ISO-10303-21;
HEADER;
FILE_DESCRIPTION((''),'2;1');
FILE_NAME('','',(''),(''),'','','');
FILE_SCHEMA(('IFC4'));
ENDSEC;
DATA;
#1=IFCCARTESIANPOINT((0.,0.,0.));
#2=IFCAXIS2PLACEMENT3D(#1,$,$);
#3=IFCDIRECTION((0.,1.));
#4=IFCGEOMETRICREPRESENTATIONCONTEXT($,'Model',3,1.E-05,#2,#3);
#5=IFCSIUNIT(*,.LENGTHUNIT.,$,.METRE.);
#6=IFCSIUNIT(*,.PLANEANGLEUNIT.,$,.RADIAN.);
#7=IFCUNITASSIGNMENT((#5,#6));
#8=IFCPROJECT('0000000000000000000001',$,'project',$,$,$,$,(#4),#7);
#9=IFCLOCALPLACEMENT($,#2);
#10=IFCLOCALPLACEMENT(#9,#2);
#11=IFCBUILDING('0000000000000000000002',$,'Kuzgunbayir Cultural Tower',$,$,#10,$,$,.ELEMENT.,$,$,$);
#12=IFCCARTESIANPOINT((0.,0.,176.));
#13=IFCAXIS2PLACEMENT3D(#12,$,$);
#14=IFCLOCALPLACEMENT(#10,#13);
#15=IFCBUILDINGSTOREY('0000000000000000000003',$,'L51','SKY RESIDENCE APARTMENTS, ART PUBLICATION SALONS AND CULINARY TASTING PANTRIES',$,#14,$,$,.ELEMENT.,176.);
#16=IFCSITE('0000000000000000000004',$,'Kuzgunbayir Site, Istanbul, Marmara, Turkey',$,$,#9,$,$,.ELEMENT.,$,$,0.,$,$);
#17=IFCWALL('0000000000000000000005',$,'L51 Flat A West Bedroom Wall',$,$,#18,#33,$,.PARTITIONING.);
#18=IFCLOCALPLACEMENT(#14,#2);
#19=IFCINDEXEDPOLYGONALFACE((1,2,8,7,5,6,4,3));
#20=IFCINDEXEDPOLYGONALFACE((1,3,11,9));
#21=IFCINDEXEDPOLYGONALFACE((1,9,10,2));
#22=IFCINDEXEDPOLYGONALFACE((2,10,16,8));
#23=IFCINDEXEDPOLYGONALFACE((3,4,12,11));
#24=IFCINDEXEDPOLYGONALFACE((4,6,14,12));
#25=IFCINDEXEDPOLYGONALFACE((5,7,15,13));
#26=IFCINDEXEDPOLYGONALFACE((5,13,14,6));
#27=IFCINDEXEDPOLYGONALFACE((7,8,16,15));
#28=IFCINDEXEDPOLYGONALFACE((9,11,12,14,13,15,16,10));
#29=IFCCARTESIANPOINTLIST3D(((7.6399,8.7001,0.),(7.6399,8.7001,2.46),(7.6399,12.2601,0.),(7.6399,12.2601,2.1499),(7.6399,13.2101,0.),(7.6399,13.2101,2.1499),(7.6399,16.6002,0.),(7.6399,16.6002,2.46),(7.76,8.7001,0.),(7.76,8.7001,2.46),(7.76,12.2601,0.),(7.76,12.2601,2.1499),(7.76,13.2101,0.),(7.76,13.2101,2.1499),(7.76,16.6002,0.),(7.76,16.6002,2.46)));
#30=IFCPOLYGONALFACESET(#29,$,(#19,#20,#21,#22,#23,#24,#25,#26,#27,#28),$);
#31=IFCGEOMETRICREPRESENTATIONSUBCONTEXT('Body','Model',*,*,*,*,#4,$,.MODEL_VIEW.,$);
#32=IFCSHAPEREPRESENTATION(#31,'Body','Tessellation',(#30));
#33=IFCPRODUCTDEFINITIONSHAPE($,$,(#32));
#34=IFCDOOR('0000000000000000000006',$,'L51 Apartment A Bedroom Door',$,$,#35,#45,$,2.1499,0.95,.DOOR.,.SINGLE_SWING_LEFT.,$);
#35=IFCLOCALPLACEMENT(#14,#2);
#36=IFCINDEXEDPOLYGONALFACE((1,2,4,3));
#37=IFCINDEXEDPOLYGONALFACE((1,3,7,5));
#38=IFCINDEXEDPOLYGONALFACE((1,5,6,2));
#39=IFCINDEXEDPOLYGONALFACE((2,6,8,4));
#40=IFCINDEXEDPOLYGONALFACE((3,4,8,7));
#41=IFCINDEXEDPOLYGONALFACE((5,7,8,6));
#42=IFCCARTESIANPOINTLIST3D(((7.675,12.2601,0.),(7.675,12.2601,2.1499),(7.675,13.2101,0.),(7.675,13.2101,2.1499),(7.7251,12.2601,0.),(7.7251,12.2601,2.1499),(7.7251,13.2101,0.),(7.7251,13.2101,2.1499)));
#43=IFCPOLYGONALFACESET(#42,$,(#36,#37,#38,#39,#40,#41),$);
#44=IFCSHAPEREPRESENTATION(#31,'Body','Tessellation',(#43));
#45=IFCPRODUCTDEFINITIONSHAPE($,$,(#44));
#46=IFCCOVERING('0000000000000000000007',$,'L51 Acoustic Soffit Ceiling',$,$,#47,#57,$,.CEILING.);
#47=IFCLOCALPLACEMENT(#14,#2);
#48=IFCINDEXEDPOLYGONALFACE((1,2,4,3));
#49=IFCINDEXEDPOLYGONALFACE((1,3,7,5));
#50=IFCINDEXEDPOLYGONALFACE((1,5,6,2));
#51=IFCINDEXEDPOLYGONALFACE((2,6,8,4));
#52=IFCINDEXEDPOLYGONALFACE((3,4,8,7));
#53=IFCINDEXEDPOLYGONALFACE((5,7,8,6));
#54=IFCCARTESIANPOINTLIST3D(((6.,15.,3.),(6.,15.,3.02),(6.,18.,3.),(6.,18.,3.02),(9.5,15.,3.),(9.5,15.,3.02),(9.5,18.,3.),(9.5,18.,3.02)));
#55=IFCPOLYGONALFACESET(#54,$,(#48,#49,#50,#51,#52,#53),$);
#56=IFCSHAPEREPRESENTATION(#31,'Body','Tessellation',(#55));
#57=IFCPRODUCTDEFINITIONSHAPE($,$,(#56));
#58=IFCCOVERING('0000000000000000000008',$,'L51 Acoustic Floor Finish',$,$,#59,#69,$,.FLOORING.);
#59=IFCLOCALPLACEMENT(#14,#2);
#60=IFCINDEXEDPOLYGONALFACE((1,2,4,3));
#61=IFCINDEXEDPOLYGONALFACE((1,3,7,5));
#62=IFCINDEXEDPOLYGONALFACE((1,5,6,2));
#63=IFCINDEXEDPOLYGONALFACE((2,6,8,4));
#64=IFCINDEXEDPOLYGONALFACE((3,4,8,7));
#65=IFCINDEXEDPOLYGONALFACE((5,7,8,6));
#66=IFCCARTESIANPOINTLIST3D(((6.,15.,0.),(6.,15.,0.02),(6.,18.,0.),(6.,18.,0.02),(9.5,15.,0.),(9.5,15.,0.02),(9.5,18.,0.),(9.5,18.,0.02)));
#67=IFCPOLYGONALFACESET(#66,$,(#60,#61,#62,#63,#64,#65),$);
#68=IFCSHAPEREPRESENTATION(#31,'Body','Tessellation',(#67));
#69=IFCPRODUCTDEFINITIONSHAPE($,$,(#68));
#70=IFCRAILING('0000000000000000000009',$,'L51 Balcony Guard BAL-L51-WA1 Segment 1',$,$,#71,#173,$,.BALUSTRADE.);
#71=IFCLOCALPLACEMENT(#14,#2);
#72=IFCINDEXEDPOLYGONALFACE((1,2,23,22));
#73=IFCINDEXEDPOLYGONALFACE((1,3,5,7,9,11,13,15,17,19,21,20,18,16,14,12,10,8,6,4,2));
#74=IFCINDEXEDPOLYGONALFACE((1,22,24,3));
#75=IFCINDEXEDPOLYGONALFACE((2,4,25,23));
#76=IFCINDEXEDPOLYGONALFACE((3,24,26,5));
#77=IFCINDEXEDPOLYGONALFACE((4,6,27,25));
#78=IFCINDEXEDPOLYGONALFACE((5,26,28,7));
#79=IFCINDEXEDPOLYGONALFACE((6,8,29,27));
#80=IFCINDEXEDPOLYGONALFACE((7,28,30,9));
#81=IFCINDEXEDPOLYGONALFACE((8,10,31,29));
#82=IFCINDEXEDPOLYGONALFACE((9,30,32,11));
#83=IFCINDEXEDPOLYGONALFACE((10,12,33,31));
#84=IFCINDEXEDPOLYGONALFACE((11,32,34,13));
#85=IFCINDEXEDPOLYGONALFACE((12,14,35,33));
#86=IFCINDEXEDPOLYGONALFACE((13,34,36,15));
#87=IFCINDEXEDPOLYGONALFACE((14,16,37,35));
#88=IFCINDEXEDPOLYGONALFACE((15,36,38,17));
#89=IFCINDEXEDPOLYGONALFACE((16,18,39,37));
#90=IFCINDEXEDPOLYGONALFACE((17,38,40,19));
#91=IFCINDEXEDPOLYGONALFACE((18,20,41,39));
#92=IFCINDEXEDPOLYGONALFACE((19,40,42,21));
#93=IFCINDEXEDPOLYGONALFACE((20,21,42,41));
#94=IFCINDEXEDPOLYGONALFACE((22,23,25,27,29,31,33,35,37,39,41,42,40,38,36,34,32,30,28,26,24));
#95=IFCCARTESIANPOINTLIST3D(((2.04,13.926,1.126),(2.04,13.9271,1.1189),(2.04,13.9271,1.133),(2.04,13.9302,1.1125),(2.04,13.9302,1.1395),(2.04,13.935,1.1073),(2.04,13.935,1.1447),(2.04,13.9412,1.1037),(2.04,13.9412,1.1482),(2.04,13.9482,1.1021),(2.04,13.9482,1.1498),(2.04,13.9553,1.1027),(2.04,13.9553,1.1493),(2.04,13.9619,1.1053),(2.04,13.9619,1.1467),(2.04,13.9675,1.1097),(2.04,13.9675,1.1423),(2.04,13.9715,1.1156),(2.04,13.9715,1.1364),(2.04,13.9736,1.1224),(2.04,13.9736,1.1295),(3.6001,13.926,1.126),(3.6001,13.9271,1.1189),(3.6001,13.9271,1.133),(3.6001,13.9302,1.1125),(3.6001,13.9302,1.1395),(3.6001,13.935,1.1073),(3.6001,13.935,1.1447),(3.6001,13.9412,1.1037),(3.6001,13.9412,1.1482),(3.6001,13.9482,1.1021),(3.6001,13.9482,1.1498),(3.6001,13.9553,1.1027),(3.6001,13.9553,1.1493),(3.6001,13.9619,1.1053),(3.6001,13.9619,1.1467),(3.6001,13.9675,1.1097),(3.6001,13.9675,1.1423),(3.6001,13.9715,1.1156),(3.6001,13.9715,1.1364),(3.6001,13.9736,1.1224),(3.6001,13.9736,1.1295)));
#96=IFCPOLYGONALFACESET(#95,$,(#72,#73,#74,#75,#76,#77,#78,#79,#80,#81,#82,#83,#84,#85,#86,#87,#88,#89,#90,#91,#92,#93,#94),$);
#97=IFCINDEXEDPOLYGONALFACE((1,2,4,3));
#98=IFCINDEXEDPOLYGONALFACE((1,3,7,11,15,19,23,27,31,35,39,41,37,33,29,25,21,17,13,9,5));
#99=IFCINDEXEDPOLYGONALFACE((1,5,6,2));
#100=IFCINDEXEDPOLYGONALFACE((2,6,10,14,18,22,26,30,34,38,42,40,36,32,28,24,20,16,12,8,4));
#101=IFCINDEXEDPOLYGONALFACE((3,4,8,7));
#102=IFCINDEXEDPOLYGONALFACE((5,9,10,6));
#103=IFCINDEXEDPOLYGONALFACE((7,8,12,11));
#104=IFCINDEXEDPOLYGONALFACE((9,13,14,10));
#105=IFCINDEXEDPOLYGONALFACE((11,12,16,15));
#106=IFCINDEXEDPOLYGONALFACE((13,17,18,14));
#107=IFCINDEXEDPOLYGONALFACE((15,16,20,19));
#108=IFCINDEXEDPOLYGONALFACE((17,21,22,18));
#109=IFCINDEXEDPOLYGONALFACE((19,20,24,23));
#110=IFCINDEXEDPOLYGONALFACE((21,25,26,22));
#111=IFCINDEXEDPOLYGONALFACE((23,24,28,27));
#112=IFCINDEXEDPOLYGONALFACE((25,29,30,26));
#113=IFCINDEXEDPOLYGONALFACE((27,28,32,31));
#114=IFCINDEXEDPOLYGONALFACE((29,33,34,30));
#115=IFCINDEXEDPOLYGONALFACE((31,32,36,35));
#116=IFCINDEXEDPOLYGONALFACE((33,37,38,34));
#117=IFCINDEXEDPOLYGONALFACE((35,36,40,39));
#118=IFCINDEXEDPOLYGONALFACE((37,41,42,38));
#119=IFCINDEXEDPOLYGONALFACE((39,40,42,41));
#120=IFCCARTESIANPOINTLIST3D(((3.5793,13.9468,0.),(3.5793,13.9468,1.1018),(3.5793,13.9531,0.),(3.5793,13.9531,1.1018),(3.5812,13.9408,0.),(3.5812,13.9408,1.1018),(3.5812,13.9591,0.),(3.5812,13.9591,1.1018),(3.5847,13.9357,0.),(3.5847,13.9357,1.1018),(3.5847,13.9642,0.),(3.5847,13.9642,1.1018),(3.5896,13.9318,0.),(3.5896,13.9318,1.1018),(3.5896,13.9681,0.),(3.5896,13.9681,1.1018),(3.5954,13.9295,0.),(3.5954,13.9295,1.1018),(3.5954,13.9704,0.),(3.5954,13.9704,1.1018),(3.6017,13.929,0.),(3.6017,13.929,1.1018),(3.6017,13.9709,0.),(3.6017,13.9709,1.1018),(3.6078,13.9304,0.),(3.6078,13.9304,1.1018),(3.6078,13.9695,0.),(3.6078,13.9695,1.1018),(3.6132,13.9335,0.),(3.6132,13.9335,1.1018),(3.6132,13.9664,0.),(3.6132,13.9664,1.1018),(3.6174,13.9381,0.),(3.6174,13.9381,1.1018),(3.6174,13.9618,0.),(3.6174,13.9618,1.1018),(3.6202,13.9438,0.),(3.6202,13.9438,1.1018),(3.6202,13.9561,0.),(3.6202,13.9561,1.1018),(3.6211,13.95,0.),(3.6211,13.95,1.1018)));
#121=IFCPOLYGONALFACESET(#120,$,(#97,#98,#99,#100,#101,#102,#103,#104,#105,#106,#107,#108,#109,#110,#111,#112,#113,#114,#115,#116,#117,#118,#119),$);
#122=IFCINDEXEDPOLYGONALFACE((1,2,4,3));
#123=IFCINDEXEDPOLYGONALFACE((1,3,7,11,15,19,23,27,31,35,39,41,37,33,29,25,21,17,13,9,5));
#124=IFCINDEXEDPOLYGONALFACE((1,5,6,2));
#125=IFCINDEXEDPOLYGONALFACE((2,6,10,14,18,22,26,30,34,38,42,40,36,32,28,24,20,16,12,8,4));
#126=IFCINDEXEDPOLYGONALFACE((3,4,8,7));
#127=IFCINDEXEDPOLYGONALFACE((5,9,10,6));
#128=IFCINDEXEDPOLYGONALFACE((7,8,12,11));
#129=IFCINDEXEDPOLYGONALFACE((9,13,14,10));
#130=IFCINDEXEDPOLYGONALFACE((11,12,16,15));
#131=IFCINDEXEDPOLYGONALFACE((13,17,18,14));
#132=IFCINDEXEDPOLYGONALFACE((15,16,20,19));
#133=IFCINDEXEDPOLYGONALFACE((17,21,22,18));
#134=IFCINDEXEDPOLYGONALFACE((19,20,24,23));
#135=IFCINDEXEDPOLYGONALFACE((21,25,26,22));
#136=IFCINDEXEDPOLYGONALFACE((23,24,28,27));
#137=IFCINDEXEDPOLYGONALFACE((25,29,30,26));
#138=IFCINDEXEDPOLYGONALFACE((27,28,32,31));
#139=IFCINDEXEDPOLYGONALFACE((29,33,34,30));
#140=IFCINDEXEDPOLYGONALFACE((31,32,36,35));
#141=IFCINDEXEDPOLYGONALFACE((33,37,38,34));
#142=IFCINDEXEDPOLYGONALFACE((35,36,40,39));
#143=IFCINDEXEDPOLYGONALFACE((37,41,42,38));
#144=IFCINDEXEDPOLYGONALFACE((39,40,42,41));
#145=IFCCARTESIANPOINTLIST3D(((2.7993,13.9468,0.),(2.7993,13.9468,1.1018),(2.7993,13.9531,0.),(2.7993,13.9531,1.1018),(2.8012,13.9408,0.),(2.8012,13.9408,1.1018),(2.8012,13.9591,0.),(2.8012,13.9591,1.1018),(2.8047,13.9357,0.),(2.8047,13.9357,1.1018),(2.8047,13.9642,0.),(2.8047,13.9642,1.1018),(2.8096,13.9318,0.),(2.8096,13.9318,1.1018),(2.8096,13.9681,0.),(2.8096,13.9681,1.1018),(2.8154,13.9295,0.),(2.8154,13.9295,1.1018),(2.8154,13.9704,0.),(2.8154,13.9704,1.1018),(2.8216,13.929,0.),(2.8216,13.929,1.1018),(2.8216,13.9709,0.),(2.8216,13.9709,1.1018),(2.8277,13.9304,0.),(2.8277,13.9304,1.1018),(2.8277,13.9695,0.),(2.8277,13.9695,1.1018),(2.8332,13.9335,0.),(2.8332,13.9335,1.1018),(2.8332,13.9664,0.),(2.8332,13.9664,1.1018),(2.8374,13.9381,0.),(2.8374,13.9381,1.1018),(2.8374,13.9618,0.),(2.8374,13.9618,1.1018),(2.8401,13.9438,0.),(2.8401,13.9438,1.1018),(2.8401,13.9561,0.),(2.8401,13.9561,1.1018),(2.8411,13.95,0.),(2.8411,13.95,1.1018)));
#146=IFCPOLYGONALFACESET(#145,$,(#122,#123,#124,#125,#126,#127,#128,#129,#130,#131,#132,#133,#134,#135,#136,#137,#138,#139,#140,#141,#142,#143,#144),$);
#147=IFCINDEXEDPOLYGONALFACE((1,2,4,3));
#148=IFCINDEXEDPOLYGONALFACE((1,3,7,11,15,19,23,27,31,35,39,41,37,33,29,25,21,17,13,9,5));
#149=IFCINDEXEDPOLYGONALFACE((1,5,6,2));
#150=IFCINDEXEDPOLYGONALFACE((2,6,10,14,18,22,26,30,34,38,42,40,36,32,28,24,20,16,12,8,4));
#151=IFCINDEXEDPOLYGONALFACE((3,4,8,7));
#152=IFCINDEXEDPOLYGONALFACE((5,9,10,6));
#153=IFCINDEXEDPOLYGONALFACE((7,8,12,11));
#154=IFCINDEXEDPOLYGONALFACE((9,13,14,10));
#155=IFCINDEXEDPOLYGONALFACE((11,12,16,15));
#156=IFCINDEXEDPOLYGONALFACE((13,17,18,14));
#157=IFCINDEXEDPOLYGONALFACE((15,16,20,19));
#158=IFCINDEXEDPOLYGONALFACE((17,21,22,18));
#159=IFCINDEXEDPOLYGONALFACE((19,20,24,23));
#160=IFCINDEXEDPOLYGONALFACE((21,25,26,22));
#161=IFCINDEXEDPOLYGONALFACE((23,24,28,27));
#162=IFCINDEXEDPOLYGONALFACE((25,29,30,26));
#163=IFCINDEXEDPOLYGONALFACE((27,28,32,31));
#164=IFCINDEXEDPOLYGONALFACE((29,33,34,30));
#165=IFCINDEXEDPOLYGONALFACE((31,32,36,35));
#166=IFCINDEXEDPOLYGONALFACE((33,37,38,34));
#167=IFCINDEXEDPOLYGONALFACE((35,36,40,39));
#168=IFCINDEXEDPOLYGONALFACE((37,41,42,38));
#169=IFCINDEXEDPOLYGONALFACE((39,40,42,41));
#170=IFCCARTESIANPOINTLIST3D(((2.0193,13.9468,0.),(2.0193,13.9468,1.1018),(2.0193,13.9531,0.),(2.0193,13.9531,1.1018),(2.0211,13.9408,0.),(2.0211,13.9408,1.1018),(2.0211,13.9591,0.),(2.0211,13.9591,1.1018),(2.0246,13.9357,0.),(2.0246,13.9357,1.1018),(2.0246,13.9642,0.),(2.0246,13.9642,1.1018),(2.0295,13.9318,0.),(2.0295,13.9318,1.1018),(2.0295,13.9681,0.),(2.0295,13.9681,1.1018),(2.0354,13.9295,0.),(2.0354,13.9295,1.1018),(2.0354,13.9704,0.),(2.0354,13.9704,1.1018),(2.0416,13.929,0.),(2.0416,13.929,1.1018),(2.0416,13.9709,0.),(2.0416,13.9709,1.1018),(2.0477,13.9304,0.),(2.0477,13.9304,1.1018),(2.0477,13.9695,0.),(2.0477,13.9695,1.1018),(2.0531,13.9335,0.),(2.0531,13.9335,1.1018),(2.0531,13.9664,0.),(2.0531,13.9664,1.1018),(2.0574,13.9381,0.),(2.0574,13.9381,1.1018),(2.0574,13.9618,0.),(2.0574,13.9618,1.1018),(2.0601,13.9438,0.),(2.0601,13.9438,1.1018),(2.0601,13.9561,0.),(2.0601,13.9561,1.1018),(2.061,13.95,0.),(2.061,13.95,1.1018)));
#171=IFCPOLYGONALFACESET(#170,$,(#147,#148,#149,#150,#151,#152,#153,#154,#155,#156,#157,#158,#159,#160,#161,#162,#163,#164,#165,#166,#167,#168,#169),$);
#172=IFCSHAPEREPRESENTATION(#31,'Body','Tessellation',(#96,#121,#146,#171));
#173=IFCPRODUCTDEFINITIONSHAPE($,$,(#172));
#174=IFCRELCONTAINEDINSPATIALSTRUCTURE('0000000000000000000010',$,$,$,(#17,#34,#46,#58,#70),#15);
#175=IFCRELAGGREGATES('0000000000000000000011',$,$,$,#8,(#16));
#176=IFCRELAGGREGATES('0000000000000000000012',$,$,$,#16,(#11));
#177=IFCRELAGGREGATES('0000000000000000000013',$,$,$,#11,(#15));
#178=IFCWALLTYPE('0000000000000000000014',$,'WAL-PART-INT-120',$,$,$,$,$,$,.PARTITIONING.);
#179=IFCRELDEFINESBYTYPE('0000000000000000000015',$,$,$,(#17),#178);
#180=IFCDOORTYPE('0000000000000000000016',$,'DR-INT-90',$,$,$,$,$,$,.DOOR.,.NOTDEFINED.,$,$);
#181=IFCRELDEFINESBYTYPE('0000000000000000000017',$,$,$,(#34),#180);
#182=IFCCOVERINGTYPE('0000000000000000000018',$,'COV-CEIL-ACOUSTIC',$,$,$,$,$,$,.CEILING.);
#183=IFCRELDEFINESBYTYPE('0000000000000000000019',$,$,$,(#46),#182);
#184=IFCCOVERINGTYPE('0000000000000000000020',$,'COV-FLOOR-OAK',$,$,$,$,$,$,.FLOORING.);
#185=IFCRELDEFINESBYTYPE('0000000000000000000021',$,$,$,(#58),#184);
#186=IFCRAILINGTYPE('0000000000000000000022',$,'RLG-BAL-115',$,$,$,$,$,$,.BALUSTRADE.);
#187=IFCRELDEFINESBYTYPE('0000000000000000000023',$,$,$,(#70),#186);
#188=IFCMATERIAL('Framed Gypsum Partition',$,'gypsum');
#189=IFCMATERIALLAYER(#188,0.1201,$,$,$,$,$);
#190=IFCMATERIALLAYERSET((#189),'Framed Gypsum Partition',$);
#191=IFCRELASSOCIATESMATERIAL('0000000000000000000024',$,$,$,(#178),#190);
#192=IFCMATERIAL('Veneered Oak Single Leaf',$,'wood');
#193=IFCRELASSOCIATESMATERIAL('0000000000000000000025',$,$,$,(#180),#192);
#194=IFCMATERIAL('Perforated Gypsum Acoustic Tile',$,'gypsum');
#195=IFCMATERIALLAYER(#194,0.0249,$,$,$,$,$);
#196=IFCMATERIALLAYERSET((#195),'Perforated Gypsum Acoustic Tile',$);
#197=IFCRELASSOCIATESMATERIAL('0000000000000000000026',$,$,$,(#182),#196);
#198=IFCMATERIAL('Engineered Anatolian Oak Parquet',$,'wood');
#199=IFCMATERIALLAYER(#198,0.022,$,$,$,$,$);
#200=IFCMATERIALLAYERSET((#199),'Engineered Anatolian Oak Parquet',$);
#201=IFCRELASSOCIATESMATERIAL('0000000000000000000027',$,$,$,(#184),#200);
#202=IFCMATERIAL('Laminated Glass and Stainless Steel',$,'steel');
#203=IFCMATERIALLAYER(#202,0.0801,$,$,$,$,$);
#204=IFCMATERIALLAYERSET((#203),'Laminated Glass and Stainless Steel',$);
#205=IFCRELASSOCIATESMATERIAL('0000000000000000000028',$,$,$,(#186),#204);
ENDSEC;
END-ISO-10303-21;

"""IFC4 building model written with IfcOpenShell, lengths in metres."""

from ifc_helpers import new_model, si_unit, direction, frame, frame_2d, origin, origin_2d, place, context, subcontext, project, spatial, polyline, rectangle, circle, outline, extrude, material, layer, layer_set, type_object, element, fill, save


model = new_model("IFC4")

# Units and contexts
model_context = context("Model", 3, precision=1e-05, world=origin(), true_north=direction((0.0, 1.0)))
body_context = subcontext(model_context, "Body", "Model", "MODEL_VIEW")
ifc_project = project(units=[si_unit("LENGTHUNIT", "METRE"), si_unit("PLANEANGLEUNIT", "RADIAN")], contexts=[model_context])

# Site, building, storey
site_placement = place(None, origin())
site = spatial("IfcSite", under=ifc_project, at=site_placement, Name="Kuzgunbayir Site, Istanbul, Marmara, Turkey", CompositionType="ELEMENT", RefElevation=0.0)
building_placement = place(site_placement, origin())
building = spatial("IfcBuilding", under=site, at=building_placement, Name="Kuzgunbayir Cultural Tower", CompositionType="ELEMENT")
storey_placement = place(building_placement, frame((0.0, 0.0, 176.0)))
storey = spatial("IfcBuildingStorey", under=building, at=storey_placement, Name="L51", Description="SKY RESIDENCE APARTMENTS, ART PUBLICATION SALONS AND CULINARY TASTING PANTRIES", CompositionType="ELEMENT", Elevation=176.0)

# Wall, opening, door
ifc_material_1 = material(Name="Framed Gypsum Partition", Category="gypsum")
ifc_layer_1 = layer(ifc_material_1, 0.1201)
ifc_layer_set_1 = layer_set([ifc_layer_1], Name="Framed Gypsum Partition")
wall_type_1 = type_object("IfcWallType", Name="WAL-PART-INT-120", PredefinedType="PARTITIONING", material=ifc_layer_set_1)
wall_1_placement = place(storey_placement, frame((7.7, 8.7, 0.0), z_axis=(0.0, 0.0, 1.0), x_axis=(0.0, 1.0, 0.0)))
wall_1 = element("IfcWall", 1, at=wall_1_placement, inside=storey, type_object=wall_type_1, Name="L51 Flat A West Bedroom Wall", PredefinedType="PARTITIONING", context=body_context, shape_type="SweptSolid", body=[
    extrude(rectangle(XDim=7.9001, YDim=0.1201, at=frame_2d((3.9502, 0.0))), origin(), (0.0, 0.0, 1.0), 2.46),
])
opening_1_placement = place(wall_1_placement, frame((3.5601, 0.0, 0.0)))
opening_1 = element("IfcOpeningElement", 2, at=opening_1_placement, cuts=wall_1, PredefinedType="OPENING", context=body_context, shape_type="SweptSolid", body=[
    extrude(rectangle(XDim=0.95, YDim=2.1499, at=frame_2d((0.4751, 1.075))), frame((0.0, 0.0701, 0.0), z_axis=(0.0, -1.0, 0.0), x_axis=(1.0, 0.0, 0.0)), (0.0, 0.0, 1.0), 0.1401),
])
ifc_material_2 = material(Name="Veneered Oak Single Leaf", Category="wood")
door_type_1 = type_object("IfcDoorType", Name="DR-INT-90", OperationType="NOTDEFINED", PredefinedType="DOOR", material=ifc_material_2)
door_1_placement = place(opening_1_placement, origin())
door_1 = element("IfcDoor", 3, at=door_1_placement, inside=storey, type_object=door_type_1, Name="L51 Apartment A Bedroom Door", OperationType="SINGLE_SWING_LEFT", OverallHeight=2.1499, OverallWidth=0.95, PredefinedType="DOOR", context=body_context, shape_type="SweptSolid", body=[
    extrude(rectangle(XDim=0.95, YDim=2.1499, at=frame_2d((0.4751, 1.075))), frame((0.0, 0.0249, 0.0), z_axis=(0.0, -1.0, 0.0), x_axis=(1.0, 0.0, 0.0)), (0.0, 0.0, 1.0), 0.05),
])
fill(opening_1, door_1)

# Coverings
ifc_material_3 = material(Name="Perforated Gypsum Acoustic Tile", Category="gypsum")
ifc_layer_2 = layer(ifc_material_3, 0.0249)
ifc_layer_set_2 = layer_set([ifc_layer_2], Name="Perforated Gypsum Acoustic Tile")
covering_type_1 = type_object("IfcCoveringType", Name="COV-CEIL-ACOUSTIC", PredefinedType="CEILING", material=ifc_layer_set_2)
covering_1_placement = place(storey_placement, frame((0.0, 0.0, 3.0)))
element("IfcCovering", 4, at=covering_1_placement, inside=storey, type_object=covering_type_1, Name="L51 Acoustic Soffit Ceiling", PredefinedType="CEILING", context=body_context, shape_type="SweptSolid", body=[
    extrude(outline(polyline([(6.0, 15.0), (9.5, 15.0), (9.5, 18.0), (6.0, 18.0), (6.0, 15.0)])), origin(), (0.0, 0.0, 1.0), 0.02),
])
ifc_material_4 = material(Name="Engineered Anatolian Oak Parquet", Category="wood")
ifc_layer_3 = layer(ifc_material_4, 0.022)
ifc_layer_set_3 = layer_set([ifc_layer_3], Name="Engineered Anatolian Oak Parquet")
covering_type_2 = type_object("IfcCoveringType", Name="COV-FLOOR-OAK", PredefinedType="FLOORING", material=ifc_layer_set_3)
covering_2_placement = place(storey_placement, origin())
element("IfcCovering", 5, at=covering_2_placement, inside=storey, type_object=covering_type_2, Name="L51 Acoustic Floor Finish", PredefinedType="FLOORING", context=body_context, shape_type="SweptSolid", body=[
    extrude(outline(polyline([(6.0, 15.0), (9.5, 15.0), (9.5, 18.0), (6.0, 18.0), (6.0, 15.0)])), origin(), (0.0, 0.0, 1.0), 0.02),
])

# Railing
ifc_material_5 = material(Name="Laminated Glass and Stainless Steel", Category="steel")
ifc_layer_4 = layer(ifc_material_5, 0.0801)
ifc_layer_set_4 = layer_set([ifc_layer_4], Name="Laminated Glass and Stainless Steel")
railing_type = type_object("IfcRailingType", Name="RLG-BAL-115", PredefinedType="BALUSTRADE", material=ifc_layer_set_4)
railing_1_placement = place(storey_placement, frame((3.6001, 13.95, 0.0)))
element("IfcRailing", 6, at=railing_1_placement, inside=storey, type_object=railing_type, Name="L51 Balcony Guard BAL-L51-WA1 Segment 1", PredefinedType="BALUSTRADE", context=body_context, shape_type="SweptSolid", body=[
    extrude(circle(Radius=0.0239, at=origin_2d()), frame((0.0, 0.0, 1.126), z_axis=(-1.0, 0.0, 0.0), x_axis=(0.0, -1.0, 0.0)), (0.0, 0.0, 1.0), 1.5601),
    extrude(circle(Radius=0.021, at=origin_2d()), origin(), (0.0, 0.0, 1.0), 1.1018),
    extrude(circle(Radius=0.021, at=origin_2d()), frame((-0.78, 0.0, 0.0)), (0.0, 0.0, 1.0), 1.1018),
    extrude(circle(Radius=0.021, at=origin_2d()), frame((-1.5601, 0.0, 0.0)), (0.0, 0.0, 1.0), 1.1018),
])

save(model, "model.ifc")
